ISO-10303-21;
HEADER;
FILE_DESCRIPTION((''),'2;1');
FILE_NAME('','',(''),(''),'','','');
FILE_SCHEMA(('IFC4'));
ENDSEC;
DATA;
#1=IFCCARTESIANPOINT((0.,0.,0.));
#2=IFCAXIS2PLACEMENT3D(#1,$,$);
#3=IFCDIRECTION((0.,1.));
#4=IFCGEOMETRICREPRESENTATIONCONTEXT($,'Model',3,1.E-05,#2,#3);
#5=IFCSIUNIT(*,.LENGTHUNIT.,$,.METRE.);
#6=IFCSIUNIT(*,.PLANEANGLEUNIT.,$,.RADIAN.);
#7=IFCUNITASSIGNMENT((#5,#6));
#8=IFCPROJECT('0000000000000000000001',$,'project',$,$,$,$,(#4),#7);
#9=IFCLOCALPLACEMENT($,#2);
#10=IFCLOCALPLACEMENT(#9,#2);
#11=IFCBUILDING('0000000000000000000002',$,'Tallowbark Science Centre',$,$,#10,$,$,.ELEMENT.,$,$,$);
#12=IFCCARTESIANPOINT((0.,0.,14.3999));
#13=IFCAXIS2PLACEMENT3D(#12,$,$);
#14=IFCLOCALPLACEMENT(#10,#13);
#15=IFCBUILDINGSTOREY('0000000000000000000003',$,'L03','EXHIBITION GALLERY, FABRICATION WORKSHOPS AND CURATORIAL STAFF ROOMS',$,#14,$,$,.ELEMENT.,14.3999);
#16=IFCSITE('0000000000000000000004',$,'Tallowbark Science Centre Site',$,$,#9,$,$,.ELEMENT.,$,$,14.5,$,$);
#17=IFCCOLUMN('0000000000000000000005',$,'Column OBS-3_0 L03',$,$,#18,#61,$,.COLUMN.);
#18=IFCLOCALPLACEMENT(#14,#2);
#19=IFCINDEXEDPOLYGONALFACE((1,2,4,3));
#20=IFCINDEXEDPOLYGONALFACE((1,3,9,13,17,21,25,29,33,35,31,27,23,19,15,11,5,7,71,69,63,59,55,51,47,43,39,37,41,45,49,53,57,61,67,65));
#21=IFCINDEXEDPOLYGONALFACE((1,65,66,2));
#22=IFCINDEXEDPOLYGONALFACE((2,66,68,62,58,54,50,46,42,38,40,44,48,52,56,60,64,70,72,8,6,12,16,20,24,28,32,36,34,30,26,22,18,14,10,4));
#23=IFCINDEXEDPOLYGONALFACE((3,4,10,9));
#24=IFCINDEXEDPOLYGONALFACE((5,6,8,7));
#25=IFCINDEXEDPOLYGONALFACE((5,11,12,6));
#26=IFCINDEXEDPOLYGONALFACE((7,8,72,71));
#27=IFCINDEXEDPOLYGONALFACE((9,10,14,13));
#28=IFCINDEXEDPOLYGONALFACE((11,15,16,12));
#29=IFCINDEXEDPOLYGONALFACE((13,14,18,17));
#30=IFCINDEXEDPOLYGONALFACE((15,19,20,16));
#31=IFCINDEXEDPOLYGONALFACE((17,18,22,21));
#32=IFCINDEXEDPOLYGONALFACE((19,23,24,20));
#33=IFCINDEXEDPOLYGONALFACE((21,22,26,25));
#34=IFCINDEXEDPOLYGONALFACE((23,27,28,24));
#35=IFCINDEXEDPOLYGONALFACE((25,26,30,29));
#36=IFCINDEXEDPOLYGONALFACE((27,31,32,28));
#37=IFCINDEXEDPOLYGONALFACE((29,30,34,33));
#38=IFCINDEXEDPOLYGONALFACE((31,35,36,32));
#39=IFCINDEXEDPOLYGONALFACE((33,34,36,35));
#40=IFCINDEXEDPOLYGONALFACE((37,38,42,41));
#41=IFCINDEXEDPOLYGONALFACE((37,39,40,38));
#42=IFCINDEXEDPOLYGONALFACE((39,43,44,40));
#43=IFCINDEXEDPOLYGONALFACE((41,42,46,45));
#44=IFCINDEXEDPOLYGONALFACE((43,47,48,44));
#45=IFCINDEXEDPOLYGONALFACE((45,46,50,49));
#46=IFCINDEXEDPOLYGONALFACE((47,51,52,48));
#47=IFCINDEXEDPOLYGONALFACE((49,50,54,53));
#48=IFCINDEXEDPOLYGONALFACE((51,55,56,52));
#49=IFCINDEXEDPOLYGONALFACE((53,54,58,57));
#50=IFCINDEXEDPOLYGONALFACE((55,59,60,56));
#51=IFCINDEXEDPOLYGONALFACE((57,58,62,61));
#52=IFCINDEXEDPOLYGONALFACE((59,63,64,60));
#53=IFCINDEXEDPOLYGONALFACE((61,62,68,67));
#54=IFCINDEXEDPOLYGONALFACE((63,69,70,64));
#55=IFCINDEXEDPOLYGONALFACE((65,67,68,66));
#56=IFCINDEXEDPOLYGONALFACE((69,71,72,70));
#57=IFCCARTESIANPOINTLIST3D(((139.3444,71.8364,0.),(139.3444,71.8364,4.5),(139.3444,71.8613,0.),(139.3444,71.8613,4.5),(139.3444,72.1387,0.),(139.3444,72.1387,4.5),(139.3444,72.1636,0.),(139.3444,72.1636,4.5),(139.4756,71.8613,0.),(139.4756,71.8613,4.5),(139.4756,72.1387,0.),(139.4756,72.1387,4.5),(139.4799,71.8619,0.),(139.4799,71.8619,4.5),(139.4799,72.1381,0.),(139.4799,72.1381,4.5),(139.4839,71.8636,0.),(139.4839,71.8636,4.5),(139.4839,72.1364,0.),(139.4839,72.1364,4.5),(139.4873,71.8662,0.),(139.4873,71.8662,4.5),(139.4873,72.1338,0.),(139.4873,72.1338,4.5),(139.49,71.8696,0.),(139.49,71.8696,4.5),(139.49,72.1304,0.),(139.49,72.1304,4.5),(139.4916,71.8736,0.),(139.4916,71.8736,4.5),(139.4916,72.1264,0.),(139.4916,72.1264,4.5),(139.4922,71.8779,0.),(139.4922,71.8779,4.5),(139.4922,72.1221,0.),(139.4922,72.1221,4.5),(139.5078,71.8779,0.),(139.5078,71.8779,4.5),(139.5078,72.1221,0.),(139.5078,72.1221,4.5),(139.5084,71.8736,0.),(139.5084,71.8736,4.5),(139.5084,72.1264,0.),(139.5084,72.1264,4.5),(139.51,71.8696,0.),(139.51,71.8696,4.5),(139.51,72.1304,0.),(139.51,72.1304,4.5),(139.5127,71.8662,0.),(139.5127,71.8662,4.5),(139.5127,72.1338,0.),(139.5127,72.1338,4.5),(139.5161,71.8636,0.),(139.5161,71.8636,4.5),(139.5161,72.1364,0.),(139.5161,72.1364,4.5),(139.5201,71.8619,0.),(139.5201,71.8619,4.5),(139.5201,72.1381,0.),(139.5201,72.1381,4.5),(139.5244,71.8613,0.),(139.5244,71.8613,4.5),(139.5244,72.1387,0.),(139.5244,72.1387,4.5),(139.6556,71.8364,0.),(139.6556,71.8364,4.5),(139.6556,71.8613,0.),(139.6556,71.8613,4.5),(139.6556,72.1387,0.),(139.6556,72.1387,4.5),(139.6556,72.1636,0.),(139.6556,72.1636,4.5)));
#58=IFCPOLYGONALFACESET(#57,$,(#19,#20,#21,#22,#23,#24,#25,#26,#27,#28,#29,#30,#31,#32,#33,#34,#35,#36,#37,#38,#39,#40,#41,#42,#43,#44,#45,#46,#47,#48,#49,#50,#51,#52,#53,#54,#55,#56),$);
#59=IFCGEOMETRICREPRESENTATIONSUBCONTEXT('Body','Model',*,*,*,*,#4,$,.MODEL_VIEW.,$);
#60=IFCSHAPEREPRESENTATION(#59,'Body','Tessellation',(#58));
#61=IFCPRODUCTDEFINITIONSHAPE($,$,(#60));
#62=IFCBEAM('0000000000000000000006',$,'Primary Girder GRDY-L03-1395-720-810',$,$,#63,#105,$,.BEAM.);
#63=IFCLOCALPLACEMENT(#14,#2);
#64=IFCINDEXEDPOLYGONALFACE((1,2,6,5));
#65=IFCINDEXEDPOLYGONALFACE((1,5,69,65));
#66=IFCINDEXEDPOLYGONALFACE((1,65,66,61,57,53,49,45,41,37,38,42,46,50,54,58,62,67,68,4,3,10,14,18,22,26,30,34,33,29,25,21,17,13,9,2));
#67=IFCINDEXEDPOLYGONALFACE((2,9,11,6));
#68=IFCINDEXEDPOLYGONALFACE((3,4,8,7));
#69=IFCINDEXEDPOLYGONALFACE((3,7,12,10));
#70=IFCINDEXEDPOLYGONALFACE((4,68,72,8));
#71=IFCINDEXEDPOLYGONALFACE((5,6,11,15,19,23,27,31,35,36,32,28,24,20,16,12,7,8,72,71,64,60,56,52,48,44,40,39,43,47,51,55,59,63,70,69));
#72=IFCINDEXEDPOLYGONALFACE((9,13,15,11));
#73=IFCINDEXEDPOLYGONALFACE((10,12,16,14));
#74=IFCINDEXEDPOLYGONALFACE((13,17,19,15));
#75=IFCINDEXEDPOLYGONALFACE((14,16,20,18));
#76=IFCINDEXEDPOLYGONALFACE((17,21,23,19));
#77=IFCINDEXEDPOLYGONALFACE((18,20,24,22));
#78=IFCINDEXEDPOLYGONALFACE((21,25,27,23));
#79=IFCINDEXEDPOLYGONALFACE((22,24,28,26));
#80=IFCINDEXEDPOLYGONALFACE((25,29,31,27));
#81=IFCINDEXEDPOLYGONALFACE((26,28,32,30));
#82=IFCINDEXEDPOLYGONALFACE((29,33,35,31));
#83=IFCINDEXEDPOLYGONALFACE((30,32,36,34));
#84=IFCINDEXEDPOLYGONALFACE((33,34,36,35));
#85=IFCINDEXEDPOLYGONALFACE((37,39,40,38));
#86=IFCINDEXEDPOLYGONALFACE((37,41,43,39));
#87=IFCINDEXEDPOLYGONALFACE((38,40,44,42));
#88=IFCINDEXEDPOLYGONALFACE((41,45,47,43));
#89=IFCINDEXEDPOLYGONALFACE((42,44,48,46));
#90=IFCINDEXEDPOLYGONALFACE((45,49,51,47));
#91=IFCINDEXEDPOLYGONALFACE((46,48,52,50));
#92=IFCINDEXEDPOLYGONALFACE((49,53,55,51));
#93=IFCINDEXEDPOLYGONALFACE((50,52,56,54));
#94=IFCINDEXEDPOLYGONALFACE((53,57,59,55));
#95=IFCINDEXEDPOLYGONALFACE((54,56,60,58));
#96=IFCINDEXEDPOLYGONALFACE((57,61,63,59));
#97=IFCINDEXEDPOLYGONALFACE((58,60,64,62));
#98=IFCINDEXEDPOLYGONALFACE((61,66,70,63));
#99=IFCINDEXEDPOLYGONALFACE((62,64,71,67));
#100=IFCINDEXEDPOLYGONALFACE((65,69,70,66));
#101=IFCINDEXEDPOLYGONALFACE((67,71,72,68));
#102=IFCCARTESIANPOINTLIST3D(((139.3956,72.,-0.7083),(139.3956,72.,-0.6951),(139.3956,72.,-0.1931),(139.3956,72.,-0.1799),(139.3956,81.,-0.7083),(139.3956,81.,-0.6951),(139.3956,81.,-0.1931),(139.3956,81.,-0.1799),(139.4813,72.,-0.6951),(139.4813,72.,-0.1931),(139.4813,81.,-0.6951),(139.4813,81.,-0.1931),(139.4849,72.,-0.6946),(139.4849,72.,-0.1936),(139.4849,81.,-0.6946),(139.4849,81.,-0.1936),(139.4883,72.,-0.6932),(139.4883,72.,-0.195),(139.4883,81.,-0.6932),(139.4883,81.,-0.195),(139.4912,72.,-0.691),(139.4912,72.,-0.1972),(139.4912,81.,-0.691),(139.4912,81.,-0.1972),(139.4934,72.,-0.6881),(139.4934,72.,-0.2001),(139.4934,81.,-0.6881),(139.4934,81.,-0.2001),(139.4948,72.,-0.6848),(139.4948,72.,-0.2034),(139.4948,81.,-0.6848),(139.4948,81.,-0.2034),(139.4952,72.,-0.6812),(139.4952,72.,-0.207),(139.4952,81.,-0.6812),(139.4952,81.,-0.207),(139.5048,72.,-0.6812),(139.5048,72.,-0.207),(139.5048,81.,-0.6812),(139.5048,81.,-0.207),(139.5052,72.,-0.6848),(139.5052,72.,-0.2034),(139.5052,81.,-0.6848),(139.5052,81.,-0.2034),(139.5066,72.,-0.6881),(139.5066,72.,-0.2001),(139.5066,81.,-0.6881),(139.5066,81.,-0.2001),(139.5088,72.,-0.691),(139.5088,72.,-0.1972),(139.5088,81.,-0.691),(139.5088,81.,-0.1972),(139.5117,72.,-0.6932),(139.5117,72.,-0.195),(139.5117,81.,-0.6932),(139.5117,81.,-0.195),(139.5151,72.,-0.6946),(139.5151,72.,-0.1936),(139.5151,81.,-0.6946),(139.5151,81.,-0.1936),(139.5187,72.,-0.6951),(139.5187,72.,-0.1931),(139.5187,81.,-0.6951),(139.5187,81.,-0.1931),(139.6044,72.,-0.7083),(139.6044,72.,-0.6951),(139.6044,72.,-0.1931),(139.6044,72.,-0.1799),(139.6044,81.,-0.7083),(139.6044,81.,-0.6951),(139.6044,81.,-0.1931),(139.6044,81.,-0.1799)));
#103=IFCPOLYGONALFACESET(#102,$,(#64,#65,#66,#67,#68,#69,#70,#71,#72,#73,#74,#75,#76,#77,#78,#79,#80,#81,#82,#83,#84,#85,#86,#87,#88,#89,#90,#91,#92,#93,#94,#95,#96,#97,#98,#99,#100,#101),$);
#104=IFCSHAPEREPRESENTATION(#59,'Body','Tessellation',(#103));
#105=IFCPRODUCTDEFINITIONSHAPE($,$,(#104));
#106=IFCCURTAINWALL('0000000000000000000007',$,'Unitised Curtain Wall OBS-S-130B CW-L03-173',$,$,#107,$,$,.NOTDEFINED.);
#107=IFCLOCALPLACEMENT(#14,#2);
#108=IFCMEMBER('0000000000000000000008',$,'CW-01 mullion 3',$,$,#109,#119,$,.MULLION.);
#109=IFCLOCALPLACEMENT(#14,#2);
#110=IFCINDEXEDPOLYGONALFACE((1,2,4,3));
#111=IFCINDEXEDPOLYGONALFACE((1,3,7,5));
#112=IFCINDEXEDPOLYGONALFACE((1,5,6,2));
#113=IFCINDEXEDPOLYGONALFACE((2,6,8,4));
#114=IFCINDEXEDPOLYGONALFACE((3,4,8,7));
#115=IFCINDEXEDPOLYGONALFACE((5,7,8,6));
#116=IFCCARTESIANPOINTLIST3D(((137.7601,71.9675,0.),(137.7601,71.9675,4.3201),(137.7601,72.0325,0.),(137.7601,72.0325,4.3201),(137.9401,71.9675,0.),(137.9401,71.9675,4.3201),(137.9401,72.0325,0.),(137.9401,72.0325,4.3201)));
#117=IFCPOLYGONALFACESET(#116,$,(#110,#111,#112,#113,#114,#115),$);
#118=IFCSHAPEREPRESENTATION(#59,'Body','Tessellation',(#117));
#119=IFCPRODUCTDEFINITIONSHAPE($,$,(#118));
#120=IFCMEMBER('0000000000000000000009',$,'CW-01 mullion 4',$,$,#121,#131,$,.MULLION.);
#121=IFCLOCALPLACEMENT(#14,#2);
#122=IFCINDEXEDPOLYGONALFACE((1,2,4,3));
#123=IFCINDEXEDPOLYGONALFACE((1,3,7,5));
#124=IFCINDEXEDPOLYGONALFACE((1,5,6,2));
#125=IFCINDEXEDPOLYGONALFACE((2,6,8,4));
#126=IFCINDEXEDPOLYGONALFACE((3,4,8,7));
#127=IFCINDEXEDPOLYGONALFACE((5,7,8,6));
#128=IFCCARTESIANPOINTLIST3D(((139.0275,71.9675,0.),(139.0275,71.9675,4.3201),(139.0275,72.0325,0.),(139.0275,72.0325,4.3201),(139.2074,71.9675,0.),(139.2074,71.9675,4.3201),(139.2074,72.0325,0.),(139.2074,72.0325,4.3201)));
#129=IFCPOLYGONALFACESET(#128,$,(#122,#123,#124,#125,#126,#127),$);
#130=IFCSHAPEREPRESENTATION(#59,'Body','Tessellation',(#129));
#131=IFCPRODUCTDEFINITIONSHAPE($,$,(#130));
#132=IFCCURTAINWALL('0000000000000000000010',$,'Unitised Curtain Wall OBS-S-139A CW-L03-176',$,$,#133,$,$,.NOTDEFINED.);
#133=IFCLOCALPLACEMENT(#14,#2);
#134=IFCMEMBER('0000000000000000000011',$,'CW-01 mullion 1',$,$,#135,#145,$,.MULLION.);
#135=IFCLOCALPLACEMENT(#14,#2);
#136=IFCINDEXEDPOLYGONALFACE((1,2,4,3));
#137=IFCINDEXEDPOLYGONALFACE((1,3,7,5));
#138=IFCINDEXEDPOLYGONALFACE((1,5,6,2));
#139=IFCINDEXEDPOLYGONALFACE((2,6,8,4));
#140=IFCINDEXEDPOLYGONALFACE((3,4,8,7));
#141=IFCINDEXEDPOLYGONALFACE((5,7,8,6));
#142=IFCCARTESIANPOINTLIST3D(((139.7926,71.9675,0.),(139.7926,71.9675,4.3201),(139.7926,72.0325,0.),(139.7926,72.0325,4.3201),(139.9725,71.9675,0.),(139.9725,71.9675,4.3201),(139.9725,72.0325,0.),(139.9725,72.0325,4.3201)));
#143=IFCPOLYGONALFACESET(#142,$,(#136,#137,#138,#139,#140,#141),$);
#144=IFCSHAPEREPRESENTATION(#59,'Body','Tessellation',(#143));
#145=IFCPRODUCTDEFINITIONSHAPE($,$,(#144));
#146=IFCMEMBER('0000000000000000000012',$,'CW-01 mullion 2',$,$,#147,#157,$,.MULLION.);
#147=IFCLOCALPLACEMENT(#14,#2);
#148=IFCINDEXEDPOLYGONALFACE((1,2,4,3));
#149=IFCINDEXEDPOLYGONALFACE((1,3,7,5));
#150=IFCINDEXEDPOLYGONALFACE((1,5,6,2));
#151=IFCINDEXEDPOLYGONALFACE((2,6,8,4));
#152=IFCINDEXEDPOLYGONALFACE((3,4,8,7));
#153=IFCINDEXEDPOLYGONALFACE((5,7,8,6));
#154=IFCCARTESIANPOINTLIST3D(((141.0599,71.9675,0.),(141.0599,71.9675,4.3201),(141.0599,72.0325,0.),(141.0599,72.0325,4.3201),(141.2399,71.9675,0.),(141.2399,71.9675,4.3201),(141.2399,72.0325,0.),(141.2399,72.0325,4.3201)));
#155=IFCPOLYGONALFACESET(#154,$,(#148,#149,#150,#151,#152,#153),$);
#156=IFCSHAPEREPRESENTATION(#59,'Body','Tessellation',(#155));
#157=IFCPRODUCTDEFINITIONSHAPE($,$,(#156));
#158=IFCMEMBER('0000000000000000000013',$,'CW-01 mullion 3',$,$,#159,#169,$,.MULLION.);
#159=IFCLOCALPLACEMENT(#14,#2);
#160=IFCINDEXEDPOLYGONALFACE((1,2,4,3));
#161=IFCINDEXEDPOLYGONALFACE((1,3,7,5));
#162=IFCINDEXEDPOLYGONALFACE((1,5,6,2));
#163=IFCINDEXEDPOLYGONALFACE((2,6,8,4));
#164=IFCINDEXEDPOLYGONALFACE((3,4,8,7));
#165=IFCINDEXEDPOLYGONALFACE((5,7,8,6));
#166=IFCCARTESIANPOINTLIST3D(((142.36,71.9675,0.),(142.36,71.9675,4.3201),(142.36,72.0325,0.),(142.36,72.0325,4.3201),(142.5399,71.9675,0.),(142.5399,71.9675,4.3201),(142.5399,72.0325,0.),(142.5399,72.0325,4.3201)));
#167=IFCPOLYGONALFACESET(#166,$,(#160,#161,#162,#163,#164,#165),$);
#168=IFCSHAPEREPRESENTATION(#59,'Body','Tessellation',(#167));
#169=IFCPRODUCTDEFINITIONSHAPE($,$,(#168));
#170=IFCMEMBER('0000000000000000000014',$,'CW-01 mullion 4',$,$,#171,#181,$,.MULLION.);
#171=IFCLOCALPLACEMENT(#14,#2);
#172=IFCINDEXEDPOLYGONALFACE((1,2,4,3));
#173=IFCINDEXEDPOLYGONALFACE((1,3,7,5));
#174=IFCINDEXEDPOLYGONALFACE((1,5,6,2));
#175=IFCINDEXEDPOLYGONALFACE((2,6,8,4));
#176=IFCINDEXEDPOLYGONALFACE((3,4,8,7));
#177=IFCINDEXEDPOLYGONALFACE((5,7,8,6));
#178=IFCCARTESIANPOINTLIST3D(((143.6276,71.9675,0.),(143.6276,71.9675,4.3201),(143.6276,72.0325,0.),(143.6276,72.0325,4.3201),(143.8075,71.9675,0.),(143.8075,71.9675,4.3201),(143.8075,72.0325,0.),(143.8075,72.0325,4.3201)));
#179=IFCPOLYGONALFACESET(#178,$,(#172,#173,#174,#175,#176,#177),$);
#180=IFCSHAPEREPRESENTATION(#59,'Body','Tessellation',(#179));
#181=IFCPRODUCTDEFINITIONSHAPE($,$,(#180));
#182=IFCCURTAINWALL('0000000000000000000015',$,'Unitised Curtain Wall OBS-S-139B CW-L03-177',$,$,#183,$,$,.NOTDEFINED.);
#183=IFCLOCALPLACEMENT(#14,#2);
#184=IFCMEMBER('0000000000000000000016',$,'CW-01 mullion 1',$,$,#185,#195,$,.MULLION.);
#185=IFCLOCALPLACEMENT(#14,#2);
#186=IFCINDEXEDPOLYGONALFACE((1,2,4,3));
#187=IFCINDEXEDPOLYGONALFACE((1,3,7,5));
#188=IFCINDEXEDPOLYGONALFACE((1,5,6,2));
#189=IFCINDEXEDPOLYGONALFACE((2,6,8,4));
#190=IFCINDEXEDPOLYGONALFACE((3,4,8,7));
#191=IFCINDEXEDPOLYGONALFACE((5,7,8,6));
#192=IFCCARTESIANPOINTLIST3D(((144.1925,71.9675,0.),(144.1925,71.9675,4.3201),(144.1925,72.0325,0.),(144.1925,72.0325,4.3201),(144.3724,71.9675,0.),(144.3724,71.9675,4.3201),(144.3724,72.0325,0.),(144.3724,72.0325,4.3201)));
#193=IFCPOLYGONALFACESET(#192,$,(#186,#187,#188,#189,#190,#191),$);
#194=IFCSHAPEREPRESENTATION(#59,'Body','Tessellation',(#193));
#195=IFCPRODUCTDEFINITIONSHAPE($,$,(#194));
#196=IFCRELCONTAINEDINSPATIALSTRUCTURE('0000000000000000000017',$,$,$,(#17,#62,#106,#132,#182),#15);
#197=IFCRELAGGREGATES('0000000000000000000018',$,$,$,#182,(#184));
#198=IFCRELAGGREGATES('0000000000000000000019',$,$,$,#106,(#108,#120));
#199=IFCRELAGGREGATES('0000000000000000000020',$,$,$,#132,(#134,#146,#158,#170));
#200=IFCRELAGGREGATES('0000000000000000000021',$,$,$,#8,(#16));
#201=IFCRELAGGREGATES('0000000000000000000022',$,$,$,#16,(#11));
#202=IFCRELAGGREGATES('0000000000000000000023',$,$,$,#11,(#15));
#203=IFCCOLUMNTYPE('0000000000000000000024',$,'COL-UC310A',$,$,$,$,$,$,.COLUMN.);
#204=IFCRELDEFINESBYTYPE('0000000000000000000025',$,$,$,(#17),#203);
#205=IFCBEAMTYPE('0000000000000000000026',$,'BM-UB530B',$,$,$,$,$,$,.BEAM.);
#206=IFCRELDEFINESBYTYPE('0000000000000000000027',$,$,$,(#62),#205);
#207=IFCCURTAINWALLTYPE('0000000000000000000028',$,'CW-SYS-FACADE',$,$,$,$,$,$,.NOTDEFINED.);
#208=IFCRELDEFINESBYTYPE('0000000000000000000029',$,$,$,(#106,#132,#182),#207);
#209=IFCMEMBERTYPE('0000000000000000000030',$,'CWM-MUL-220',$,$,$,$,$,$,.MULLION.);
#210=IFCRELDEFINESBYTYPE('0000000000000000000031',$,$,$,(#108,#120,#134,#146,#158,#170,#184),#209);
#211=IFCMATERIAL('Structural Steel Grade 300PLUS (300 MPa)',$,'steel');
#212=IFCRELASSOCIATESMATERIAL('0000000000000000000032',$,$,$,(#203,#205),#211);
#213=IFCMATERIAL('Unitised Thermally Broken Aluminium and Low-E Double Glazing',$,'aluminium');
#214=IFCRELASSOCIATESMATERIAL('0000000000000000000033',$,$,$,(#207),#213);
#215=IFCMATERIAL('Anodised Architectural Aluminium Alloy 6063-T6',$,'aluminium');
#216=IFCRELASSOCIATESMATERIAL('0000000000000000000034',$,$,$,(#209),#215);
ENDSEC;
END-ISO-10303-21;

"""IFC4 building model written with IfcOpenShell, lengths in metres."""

from ifc_helpers import new_model, si_unit, direction, frame, origin, origin_2d, place, context, subcontext, project, spatial, rectangle, i_section, extrude, material, material_profile, profile_set, type_object, element, aggregate, save


model = new_model("IFC4")

# Units and contexts
model_context = context("Model", 3, precision=1e-05, world=origin(), true_north=direction((0.0, 1.0)))
body_context = subcontext(model_context, "Body", "Model", "MODEL_VIEW")
ifc_project = project(units=[si_unit("LENGTHUNIT", "METRE"), si_unit("PLANEANGLEUNIT", "RADIAN")], contexts=[model_context])

# Site, building, storey
site_placement = place(None, origin())
site = spatial("IfcSite", under=ifc_project, at=site_placement, Name="Tallowbark Science Centre Site", CompositionType="ELEMENT", RefElevation=14.5)
building_placement = place(site_placement, origin())
building = spatial("IfcBuilding", under=site, at=building_placement, Name="Tallowbark Science Centre", CompositionType="ELEMENT")
storey_placement = place(building_placement, frame((0.0, 0.0, 14.3999)))
storey = spatial("IfcBuildingStorey", under=building, at=storey_placement, Name="L03", Description="EXHIBITION GALLERY, FABRICATION WORKSHOPS AND CURATORIAL STAFF ROOMS", CompositionType="ELEMENT", Elevation=14.3999)

# Column
ifc_material_1 = material(Name="Structural Steel Grade 300PLUS (300 MPa)", Category="steel")
ifc_material_profile_1 = material_profile(ifc_material_1, i_section(OverallWidth=0.3113, OverallDepth=0.3271, WebThickness=0.0156, FlangeThickness=0.0249, FilletRadius=0.0166, at=origin_2d()), Name="310UC158")
ifc_profile_set_1 = profile_set([ifc_material_profile_1], Name="Structural Steel Grade 300PLUS (300 MPa)")
column_type = type_object("IfcColumnType", Name="COL-UC310A", PredefinedType="COLUMN", material=ifc_profile_set_1)
column_placement = place(storey_placement, frame((139.5, 72.0, 0.0), z_axis=(0.0, 0.0, 1.0), x_axis=(1.0, 0.0, 0.0)))
element("IfcColumn", 1, at=column_placement, inside=storey, type_object=column_type, Name="Column OBS-3_0 L03", PredefinedType="COLUMN", context=body_context, shape_type="SweptSolid", body=[
    extrude(i_section(OverallWidth=0.3113, OverallDepth=0.3271, WebThickness=0.0156, FlangeThickness=0.0249, FilletRadius=0.0166, at=origin_2d()), origin(), (0.0, 0.0, 1.0), 4.5),
])

# Beam
ifc_material_profile_2 = material_profile(ifc_material_1, i_section(OverallWidth=0.2087, OverallDepth=0.5283, WebThickness=0.0095, FlangeThickness=0.0132, FilletRadius=0.0139, at=origin_2d()), Name="530UB82.0")
ifc_profile_set_2 = profile_set([ifc_material_profile_2], Name="Structural Steel Grade 300PLUS (300 MPa)")
beam_type_1 = type_object("IfcBeamType", Name="BM-UB530B", PredefinedType="BEAM", material=ifc_profile_set_2)
beam_1_placement = place(storey_placement, frame((139.5, 72.0, -0.4441), z_axis=(0.0, 1.0, 0.0), x_axis=(-1.0, 0.0, 0.0)))
element("IfcBeam", 2, at=beam_1_placement, inside=storey, type_object=beam_type_1, Name="Primary Girder GRDY-L03-1395-720-810", PredefinedType="BEAM", context=body_context, shape_type="SweptSolid", body=[
    extrude(i_section(OverallWidth=0.2087, OverallDepth=0.5283, WebThickness=0.0095, FlangeThickness=0.0132, FilletRadius=0.0139, at=origin_2d()), origin(), (0.0, 0.0, 1.0), 9.0),
])

# Curtain walls, members
ifc_material_2 = material(Name="Unitised Thermally Broken Aluminium and Low-E Double Glazing", Category="aluminium")
curtain_wall_type = type_object("IfcCurtainWallType", Name="CW-SYS-FACADE", PredefinedType="NOTDEFINED", material=ifc_material_2)
curtain_wall_1_placement = place(storey_placement, origin())
curtain_wall_1 = element("IfcCurtainWall", 3, at=curtain_wall_1_placement, inside=storey, type_object=curtain_wall_type, Name="Unitised Curtain Wall OBS-S-130B CW-L03-173", PredefinedType="NOTDEFINED")
ifc_material_3 = material(Name="Anodised Architectural Aluminium Alloy 6063-T6", Category="aluminium")
ifc_material_profile_3 = material_profile(ifc_material_3, rectangle(XDim=0.0649, YDim=0.1799, at=origin_2d()), Name="ALU65x180")
ifc_profile_set_3 = profile_set([ifc_material_profile_3], Name="Anodised Architectural Aluminium Alloy 6063-T6")
member_type_1 = type_object("IfcMemberType", Name="CWM-MUL-220", PredefinedType="MULLION", material=ifc_profile_set_3)
member_1_placement = place(storey_placement, frame((137.8501, 72.0, 0.0), z_axis=(0.0, 0.0, 1.0), x_axis=(0.0, 1.0, 0.0)))
member_1 = element("IfcMember", 4, at=member_1_placement, type_object=member_type_1, Name="CW-01 mullion 3", PredefinedType="MULLION", context=body_context, shape_type="SweptSolid", body=[
    extrude(rectangle(XDim=0.0649, YDim=0.1799, at=origin_2d()), origin(), (0.0, 0.0, 1.0), 4.3201),
])
member_2_placement = place(storey_placement, frame((139.1174, 72.0, 0.0), z_axis=(0.0, 0.0, 1.0), x_axis=(0.0, 1.0, 0.0)))
member_2 = element("IfcMember", 5, at=member_2_placement, type_object=member_type_1, Name="CW-01 mullion 4", PredefinedType="MULLION", context=body_context, shape_type="SweptSolid", body=[
    extrude(rectangle(XDim=0.0649, YDim=0.1799, at=origin_2d()), origin(), (0.0, 0.0, 1.0), 4.3201),
])
curtain_wall_2_placement = place(storey_placement, origin())
curtain_wall_2 = element("IfcCurtainWall", 6, at=curtain_wall_2_placement, inside=storey, type_object=curtain_wall_type, Name="Unitised Curtain Wall OBS-S-139A CW-L03-176", PredefinedType="NOTDEFINED")
member_3_placement = place(storey_placement, frame((139.8826, 72.0, 0.0), z_axis=(0.0, 0.0, 1.0), x_axis=(0.0, 1.0, 0.0)))
member_3 = element("IfcMember", 7, at=member_3_placement, type_object=member_type_1, Name="CW-01 mullion 1", PredefinedType="MULLION", context=body_context, shape_type="SweptSolid", body=[
    extrude(rectangle(XDim=0.0649, YDim=0.1799, at=origin_2d()), origin(), (0.0, 0.0, 1.0), 4.3201),
])
member_4_placement = place(storey_placement, frame((141.1499, 72.0, 0.0), z_axis=(0.0, 0.0, 1.0), x_axis=(0.0, 1.0, 0.0)))
member_4 = element("IfcMember", 8, at=member_4_placement, type_object=member_type_1, Name="CW-01 mullion 2", PredefinedType="MULLION", context=body_context, shape_type="SweptSolid", body=[
    extrude(rectangle(XDim=0.0649, YDim=0.1799, at=origin_2d()), origin(), (0.0, 0.0, 1.0), 4.3201),
])
member_5_placement = place(storey_placement, frame((142.45, 72.0, 0.0), z_axis=(0.0, 0.0, 1.0), x_axis=(0.0, 1.0, 0.0)))
member_5 = element("IfcMember", 9, at=member_5_placement, type_object=member_type_1, Name="CW-01 mullion 3", PredefinedType="MULLION", context=body_context, shape_type="SweptSolid", body=[
    extrude(rectangle(XDim=0.0649, YDim=0.1799, at=origin_2d()), origin(), (0.0, 0.0, 1.0), 4.3201),
])
member_6_placement = place(storey_placement, frame((143.7175, 72.0, 0.0), z_axis=(0.0, 0.0, 1.0), x_axis=(0.0, 1.0, 0.0)))
member_6 = element("IfcMember", 10, at=member_6_placement, type_object=member_type_1, Name="CW-01 mullion 4", PredefinedType="MULLION", context=body_context, shape_type="SweptSolid", body=[
    extrude(rectangle(XDim=0.0649, YDim=0.1799, at=origin_2d()), origin(), (0.0, 0.0, 1.0), 4.3201),
])

# Curtain wall, member
curtain_wall_3_placement = place(storey_placement, origin())
curtain_wall_3 = element("IfcCurtainWall", 11, at=curtain_wall_3_placement, inside=storey, type_object=curtain_wall_type, Name="Unitised Curtain Wall OBS-S-139B CW-L03-177", PredefinedType="NOTDEFINED")
member_7_placement = place(storey_placement, frame((144.2825, 72.0, 0.0), z_axis=(0.0, 0.0, 1.0), x_axis=(0.0, 1.0, 0.0)))
member_7 = element("IfcMember", 12, at=member_7_placement, type_object=member_type_1, Name="CW-01 mullion 1", PredefinedType="MULLION", context=body_context, shape_type="SweptSolid", body=[
    extrude(rectangle(XDim=0.0649, YDim=0.1799, at=origin_2d()), origin(), (0.0, 0.0, 1.0), 4.3201),
])

aggregate(curtain_wall_3, [member_7])

aggregate(curtain_wall_1, [member_1, member_2])
aggregate(curtain_wall_2, [member_3, member_4, member_5, member_6])

save(model, "model.ifc")
